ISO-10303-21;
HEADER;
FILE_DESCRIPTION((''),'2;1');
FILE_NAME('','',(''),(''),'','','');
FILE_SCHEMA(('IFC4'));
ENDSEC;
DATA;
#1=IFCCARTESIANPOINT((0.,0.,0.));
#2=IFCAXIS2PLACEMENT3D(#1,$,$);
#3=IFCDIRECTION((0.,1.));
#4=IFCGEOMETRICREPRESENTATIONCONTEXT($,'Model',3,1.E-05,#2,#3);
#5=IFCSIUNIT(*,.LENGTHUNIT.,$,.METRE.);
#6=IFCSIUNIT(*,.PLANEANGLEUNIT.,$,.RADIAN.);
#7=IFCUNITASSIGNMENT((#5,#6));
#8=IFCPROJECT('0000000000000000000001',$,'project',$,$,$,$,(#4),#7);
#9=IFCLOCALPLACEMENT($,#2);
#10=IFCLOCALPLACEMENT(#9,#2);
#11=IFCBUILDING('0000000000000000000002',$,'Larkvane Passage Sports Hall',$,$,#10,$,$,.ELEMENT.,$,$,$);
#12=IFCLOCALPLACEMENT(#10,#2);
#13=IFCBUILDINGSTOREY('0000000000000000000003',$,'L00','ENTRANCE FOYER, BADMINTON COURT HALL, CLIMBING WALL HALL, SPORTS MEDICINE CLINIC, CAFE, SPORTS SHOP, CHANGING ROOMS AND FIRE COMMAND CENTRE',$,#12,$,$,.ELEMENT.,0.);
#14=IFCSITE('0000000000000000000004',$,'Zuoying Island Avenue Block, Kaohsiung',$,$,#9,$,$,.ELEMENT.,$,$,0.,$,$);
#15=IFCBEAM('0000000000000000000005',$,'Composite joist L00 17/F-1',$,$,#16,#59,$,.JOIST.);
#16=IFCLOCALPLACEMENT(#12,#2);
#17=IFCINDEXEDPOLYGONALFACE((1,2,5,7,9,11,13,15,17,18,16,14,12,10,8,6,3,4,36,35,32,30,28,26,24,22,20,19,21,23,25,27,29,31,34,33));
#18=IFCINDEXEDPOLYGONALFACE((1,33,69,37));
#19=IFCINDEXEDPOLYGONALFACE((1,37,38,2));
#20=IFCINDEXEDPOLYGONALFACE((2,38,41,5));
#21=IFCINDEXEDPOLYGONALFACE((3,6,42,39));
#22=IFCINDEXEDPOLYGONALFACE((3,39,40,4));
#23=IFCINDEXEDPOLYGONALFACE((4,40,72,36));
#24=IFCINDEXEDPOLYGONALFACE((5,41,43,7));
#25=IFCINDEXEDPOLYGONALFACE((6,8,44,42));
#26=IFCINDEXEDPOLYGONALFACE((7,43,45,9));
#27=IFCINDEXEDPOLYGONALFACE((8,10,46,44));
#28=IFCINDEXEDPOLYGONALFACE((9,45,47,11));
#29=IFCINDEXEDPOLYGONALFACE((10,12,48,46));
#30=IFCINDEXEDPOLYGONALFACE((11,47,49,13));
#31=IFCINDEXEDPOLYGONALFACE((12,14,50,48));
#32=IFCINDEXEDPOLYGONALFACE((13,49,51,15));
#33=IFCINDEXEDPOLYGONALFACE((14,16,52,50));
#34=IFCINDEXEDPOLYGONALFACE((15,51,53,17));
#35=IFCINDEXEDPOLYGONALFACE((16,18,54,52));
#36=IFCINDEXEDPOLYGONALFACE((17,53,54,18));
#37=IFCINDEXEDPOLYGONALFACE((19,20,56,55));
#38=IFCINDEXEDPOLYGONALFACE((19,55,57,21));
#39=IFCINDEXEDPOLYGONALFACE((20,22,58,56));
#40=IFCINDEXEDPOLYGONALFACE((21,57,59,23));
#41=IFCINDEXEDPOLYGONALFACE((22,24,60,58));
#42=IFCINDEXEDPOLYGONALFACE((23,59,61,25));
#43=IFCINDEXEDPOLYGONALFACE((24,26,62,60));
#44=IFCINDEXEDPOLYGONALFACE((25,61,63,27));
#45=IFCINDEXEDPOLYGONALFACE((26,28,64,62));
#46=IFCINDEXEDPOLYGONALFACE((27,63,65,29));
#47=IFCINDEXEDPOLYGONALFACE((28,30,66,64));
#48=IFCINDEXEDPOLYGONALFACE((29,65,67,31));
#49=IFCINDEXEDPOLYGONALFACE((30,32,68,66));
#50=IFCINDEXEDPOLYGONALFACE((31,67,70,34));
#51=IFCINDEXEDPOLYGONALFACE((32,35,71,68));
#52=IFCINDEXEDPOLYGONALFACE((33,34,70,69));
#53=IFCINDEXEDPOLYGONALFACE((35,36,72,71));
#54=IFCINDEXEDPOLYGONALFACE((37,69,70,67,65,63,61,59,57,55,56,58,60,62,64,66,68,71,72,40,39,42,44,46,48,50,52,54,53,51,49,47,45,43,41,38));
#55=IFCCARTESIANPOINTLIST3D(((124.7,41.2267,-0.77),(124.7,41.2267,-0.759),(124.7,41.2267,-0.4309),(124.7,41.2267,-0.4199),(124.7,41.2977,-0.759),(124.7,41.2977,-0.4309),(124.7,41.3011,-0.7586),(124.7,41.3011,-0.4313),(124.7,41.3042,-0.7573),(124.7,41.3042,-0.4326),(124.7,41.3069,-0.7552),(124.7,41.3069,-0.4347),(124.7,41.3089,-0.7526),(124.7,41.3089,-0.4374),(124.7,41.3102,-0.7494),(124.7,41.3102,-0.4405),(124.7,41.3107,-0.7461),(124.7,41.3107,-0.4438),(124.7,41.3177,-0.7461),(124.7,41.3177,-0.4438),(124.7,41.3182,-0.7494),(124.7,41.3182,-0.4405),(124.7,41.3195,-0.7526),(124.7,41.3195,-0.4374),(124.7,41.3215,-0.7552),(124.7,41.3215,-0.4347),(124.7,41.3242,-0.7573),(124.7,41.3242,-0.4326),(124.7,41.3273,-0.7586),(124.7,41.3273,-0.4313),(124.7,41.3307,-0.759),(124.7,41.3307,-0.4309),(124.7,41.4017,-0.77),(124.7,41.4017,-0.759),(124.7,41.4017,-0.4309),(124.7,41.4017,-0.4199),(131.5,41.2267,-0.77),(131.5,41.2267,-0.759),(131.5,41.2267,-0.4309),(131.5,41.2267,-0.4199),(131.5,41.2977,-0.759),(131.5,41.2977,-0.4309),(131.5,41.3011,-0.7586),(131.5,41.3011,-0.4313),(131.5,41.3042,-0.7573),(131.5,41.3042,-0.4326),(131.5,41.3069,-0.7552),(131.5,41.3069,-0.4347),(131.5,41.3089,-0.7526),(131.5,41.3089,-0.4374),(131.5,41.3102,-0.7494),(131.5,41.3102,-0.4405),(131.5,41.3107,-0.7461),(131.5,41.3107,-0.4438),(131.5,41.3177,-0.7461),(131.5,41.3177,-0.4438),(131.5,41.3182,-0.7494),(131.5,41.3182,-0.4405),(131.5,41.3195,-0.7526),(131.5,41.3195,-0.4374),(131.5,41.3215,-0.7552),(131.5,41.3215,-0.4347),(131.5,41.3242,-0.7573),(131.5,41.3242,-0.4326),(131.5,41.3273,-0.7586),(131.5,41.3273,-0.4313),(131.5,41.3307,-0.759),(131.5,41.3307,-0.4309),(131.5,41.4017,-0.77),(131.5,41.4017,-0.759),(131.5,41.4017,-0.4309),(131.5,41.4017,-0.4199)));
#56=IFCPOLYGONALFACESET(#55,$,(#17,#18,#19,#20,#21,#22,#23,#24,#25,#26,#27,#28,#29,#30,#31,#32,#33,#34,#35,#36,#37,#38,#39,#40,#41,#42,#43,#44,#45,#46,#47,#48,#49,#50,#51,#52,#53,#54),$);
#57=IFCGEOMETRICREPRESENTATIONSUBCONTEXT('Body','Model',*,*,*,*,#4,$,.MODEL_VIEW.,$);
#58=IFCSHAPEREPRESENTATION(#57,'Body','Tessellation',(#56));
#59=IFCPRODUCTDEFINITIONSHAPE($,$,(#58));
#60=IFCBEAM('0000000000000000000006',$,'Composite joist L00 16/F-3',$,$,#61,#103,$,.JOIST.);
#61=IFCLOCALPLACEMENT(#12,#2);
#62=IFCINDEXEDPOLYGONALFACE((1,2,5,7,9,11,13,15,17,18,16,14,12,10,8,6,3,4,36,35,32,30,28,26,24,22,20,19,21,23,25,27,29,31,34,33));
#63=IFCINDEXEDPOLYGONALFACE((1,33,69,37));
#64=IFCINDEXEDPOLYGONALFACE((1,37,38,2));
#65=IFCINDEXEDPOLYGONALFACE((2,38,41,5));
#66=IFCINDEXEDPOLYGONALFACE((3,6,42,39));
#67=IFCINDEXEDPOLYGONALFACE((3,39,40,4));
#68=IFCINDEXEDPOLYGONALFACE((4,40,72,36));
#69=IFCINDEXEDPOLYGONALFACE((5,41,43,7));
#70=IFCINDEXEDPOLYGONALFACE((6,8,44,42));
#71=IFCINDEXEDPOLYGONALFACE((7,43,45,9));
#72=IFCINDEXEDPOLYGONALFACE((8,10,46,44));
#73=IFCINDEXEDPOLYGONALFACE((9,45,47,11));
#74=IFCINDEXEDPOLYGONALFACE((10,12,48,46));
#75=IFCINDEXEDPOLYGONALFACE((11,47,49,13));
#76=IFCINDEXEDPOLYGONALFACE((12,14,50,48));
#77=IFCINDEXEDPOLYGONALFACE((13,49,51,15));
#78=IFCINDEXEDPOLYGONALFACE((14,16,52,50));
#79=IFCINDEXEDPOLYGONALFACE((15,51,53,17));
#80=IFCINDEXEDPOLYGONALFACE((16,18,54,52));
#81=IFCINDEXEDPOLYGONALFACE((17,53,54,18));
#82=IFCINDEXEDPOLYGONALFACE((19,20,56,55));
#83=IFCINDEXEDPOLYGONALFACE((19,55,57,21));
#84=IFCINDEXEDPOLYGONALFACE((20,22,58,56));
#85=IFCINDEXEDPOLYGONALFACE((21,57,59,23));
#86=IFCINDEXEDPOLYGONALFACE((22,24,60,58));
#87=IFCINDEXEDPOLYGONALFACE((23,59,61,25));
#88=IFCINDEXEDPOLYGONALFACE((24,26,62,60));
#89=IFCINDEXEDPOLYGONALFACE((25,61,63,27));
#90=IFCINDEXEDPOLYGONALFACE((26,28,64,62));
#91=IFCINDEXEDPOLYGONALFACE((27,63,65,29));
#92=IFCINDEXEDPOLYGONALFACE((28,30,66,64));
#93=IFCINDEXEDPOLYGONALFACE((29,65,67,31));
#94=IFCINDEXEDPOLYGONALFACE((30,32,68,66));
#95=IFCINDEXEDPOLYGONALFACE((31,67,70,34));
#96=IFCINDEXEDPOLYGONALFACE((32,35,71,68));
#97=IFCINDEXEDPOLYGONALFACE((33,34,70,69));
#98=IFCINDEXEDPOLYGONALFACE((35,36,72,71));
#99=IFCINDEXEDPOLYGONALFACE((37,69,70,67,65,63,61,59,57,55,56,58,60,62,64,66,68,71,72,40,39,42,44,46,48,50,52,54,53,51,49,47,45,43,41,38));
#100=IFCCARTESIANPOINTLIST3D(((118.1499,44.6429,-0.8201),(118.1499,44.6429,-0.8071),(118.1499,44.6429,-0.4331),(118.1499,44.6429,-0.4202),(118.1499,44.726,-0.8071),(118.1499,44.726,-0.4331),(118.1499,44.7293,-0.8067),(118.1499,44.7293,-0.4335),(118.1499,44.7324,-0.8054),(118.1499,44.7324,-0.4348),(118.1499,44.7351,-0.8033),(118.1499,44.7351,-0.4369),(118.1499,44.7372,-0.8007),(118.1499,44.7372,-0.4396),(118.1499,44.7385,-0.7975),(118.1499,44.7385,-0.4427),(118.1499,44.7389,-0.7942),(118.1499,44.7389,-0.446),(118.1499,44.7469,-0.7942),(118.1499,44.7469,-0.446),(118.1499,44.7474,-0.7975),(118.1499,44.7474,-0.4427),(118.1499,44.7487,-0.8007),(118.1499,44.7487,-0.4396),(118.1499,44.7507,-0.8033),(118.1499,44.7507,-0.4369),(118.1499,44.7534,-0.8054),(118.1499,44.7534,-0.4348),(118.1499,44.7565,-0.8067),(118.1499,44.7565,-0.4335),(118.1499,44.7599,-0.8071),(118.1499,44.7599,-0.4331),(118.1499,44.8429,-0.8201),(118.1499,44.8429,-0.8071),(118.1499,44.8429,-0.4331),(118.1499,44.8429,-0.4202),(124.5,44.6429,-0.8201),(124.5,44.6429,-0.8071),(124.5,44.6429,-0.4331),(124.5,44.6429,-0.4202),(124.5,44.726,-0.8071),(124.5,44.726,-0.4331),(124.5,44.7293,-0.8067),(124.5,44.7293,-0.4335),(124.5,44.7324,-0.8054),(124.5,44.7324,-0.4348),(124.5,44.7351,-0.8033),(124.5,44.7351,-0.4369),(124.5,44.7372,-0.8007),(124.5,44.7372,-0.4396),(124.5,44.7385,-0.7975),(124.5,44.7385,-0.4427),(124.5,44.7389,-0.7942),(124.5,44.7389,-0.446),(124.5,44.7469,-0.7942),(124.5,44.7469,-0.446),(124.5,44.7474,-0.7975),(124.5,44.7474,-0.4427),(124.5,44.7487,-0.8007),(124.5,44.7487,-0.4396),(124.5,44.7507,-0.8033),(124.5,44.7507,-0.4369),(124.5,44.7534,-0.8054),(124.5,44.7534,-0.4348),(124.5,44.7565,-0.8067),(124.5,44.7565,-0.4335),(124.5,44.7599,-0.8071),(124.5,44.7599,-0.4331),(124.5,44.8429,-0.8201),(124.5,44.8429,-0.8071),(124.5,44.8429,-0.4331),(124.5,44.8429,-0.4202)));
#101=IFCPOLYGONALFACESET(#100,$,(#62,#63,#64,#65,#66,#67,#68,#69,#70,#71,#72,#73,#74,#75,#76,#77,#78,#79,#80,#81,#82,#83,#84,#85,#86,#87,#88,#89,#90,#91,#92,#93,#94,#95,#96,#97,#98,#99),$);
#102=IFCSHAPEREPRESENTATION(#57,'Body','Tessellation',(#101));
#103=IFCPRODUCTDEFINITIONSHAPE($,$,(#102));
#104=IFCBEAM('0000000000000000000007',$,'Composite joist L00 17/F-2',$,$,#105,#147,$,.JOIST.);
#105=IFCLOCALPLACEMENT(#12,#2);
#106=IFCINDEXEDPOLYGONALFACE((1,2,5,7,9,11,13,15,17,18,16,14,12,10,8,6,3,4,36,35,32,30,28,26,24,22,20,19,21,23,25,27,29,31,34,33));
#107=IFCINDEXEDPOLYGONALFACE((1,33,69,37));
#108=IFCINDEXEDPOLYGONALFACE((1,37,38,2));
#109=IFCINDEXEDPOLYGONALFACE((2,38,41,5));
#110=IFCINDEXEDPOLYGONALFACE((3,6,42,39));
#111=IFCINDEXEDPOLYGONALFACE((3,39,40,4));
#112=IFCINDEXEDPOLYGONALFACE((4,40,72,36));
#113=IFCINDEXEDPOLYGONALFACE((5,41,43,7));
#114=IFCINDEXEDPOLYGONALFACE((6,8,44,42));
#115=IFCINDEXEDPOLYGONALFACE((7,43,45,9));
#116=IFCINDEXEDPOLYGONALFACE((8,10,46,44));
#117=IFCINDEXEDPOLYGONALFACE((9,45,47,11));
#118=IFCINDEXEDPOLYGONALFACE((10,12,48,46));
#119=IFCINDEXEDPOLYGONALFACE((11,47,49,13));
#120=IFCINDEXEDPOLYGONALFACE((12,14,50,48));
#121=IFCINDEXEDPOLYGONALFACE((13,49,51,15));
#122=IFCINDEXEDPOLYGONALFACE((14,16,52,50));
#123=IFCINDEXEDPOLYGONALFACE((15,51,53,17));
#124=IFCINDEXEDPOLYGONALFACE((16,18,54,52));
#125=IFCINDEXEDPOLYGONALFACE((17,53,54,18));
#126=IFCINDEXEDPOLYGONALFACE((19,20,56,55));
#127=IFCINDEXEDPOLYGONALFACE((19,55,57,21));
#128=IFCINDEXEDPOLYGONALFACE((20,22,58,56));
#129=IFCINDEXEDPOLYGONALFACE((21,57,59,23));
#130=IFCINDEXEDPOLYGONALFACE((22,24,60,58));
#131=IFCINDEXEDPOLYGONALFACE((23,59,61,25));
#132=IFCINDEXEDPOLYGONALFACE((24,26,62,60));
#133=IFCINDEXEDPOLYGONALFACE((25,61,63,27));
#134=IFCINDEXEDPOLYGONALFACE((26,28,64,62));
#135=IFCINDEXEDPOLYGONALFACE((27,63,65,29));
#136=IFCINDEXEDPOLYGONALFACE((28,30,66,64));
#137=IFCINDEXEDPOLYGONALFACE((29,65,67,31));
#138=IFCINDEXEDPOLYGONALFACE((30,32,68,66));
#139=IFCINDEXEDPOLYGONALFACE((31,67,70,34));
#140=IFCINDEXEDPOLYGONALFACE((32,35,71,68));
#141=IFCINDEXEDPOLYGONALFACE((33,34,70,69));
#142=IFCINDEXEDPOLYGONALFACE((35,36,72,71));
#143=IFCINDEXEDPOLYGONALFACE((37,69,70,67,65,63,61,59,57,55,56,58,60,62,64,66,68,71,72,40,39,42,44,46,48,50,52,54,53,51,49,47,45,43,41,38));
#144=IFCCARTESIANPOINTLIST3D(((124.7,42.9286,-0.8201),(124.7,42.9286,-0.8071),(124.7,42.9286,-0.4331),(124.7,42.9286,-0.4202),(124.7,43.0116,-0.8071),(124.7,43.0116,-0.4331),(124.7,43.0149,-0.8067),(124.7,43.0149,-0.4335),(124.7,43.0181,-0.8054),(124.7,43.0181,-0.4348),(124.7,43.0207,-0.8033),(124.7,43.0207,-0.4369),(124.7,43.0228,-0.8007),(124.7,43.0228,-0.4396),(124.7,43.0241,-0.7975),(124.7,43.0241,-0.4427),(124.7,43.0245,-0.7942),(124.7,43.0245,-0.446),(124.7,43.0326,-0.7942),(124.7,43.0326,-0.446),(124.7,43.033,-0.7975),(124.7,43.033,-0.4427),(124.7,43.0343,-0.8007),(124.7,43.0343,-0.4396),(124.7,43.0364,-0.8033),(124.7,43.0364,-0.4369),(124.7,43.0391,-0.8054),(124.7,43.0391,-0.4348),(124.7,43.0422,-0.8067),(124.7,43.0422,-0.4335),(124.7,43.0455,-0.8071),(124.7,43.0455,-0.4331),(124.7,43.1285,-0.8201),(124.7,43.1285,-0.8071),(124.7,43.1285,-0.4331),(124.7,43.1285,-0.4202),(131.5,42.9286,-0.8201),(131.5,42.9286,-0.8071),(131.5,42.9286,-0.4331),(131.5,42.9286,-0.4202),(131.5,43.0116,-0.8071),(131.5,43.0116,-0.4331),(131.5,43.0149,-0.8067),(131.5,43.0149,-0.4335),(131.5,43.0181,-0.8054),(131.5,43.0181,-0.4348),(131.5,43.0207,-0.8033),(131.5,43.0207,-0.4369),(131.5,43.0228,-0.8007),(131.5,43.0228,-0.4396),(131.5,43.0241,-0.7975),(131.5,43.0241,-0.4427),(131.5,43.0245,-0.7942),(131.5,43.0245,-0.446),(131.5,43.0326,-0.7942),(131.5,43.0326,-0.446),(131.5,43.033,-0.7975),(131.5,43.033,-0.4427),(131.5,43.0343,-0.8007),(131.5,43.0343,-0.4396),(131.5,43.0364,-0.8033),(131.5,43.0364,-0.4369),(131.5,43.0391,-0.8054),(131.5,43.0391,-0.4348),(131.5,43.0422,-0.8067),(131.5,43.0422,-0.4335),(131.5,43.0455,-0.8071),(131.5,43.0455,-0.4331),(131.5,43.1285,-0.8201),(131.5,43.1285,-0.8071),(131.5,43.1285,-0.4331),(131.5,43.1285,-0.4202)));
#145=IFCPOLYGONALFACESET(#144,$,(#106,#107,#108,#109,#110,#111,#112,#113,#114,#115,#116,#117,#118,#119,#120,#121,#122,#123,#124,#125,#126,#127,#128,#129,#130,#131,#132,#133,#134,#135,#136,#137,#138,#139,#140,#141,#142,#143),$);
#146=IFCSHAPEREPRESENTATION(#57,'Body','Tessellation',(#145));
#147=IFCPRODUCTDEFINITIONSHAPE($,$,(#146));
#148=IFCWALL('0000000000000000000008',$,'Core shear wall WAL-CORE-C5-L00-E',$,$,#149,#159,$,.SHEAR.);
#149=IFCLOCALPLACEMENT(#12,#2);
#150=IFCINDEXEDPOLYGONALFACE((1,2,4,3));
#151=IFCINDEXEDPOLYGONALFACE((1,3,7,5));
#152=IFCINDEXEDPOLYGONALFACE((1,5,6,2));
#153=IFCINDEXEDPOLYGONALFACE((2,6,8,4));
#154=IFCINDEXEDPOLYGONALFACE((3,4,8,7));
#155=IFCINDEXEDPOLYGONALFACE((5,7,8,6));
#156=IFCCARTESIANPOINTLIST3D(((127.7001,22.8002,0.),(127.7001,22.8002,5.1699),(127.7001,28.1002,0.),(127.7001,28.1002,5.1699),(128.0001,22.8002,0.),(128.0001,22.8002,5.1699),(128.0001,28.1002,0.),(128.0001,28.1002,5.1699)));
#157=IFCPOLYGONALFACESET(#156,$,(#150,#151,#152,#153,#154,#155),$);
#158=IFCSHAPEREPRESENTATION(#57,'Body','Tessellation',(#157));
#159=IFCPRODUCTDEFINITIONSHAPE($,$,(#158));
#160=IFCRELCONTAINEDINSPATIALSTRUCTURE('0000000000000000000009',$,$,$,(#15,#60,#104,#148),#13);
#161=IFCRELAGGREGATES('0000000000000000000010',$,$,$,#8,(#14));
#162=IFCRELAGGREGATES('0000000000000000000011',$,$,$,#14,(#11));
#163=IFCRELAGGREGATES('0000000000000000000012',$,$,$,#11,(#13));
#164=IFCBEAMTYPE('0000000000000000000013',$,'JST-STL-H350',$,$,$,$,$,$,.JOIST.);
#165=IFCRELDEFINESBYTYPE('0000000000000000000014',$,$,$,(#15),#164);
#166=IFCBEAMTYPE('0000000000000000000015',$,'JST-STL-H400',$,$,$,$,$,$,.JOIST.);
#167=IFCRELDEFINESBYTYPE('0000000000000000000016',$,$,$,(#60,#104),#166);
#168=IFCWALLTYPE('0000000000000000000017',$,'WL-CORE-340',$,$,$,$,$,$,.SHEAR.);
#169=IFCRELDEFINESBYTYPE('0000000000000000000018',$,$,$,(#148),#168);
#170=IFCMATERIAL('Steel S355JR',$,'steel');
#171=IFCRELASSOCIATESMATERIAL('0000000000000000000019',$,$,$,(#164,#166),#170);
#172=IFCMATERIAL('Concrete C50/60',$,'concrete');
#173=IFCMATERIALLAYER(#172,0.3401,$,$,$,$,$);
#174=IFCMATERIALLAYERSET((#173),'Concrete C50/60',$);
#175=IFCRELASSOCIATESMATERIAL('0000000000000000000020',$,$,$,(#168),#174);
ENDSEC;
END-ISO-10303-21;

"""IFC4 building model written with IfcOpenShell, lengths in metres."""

from ifc_helpers import new_model, si_unit, direction, frame, frame_2d, origin, origin_2d, place, context, subcontext, project, spatial, rectangle, i_section, extrude, material, layer, layer_set, material_profile, profile_set, type_object, element, save


model = new_model("IFC4")

# Units and contexts
model_context = context("Model", 3, precision=1e-05, world=origin(), true_north=direction((0.0, 1.0)))
body_context = subcontext(model_context, "Body", "Model", "MODEL_VIEW")
ifc_project = project(units=[si_unit("LENGTHUNIT", "METRE"), si_unit("PLANEANGLEUNIT", "RADIAN")], contexts=[model_context])

# Site, building, storey
site_placement = place(None, origin())
site = spatial("IfcSite", under=ifc_project, at=site_placement, Name="Zuoying Island Avenue Block, Kaohsiung", CompositionType="ELEMENT", RefElevation=0.0)
building_placement = place(site_placement, origin())
building = spatial("IfcBuilding", under=site, at=building_placement, Name="Larkvane Passage Sports Hall", CompositionType="ELEMENT")
storey_placement = place(building_placement, origin())
storey = spatial("IfcBuildingStorey", under=building, at=storey_placement, Name="L00", Description="ENTRANCE FOYER, BADMINTON COURT HALL, CLIMBING WALL HALL, SPORTS MEDICINE CLINIC, CAFE, SPORTS SHOP, CHANGING ROOMS AND FIRE COMMAND CENTRE", CompositionType="ELEMENT", Elevation=0.0)

# Beams
ifc_material_1 = material(Name="Concrete C50/60", Category="concrete")
ifc_material_2 = material(Name="Steel S355JR", Category="steel")
ifc_material_profile_1 = material_profile(ifc_material_2, i_section(OverallWidth=0.175, OverallDepth=0.3501, WebThickness=0.0071, FlangeThickness=0.011, FilletRadius=0.0129, at=origin_2d()), Name="H-350x175x7x11")
ifc_profile_set_1 = profile_set([ifc_material_profile_1], Name="Steel S355JR")
beam_type_1 = type_object("IfcBeamType", Name="JST-STL-H350", PredefinedType="JOIST", material=ifc_profile_set_1)
beam_1_placement = place(storey_placement, frame((124.7, 41.3142, -0.595), z_axis=(1.0, 0.0, 0.0), x_axis=(0.0, 1.0, 0.0)))
element("IfcBeam", 1, at=beam_1_placement, inside=storey, type_object=beam_type_1, Name="Composite joist L00 17/F-1", PredefinedType="JOIST", context=body_context, shape_type="SweptSolid", body=[
    extrude(i_section(OverallWidth=0.175, OverallDepth=0.3501, WebThickness=0.0071, FlangeThickness=0.011, FilletRadius=0.0129, at=origin_2d()), origin(), (0.0, 0.0, 1.0), 6.8),
])
ifc_material_profile_2 = material_profile(ifc_material_2, i_section(OverallWidth=0.2, OverallDepth=0.3999, WebThickness=0.0081, FlangeThickness=0.0129, FilletRadius=0.0129, at=origin_2d()), Name="H-400x200x8x13")
ifc_profile_set_2 = profile_set([ifc_material_profile_2], Name="Steel S355JR")
beam_type_2 = type_object("IfcBeamType", Name="JST-STL-H400", PredefinedType="JOIST", material=ifc_profile_set_2)
beam_2_placement = place(storey_placement, frame((118.1499, 44.7429, -0.6201), z_axis=(1.0, 0.0, 0.0), x_axis=(0.0, 1.0, 0.0)))
element("IfcBeam", 2, at=beam_2_placement, inside=storey, type_object=beam_type_2, Name="Composite joist L00 16/F-3", PredefinedType="JOIST", context=body_context, shape_type="SweptSolid", body=[
    extrude(i_section(OverallWidth=0.2, OverallDepth=0.3999, WebThickness=0.0081, FlangeThickness=0.0129, FilletRadius=0.0129, at=origin_2d()), origin(), (0.0, 0.0, 1.0), 6.3501),
])
beam_3_placement = place(storey_placement, frame((124.7, 43.0286, -0.6201), z_axis=(1.0, 0.0, 0.0), x_axis=(0.0, 1.0, 0.0)))
element("IfcBeam", 3, at=beam_3_placement, inside=storey, type_object=beam_type_2, Name="Composite joist L00 17/F-2", PredefinedType="JOIST", context=body_context, shape_type="SweptSolid", body=[
    extrude(i_section(OverallWidth=0.2, OverallDepth=0.3999, WebThickness=0.0081, FlangeThickness=0.0129, FilletRadius=0.0129, at=origin_2d()), origin(), (0.0, 0.0, 1.0), 6.8),
])

# Wall
ifc_layer_1 = layer(ifc_material_1, 0.3401)
ifc_layer_set_1 = layer_set([ifc_layer_1], Name="Concrete C50/60")
wall_type_1 = type_object("IfcWallType", Name="WL-CORE-340", PredefinedType="SHEAR", material=ifc_layer_set_1)
wall_1_placement = place(storey_placement, frame((127.8501, 28.1001, 0.0), z_axis=(0.0, 0.0, 1.0), x_axis=(0.0, -1.0, 0.0)))
element("IfcWall", 4, at=wall_1_placement, inside=storey, type_object=wall_type_1, Name="Core shear wall WAL-CORE-C5-L00-E", PredefinedType="SHEAR", context=body_context, shape_type="SweptSolid", body=[
    extrude(rectangle(XDim=5.3, YDim=0.3, at=frame_2d((2.6499, 0.0))), origin(), (0.0, 0.0, 1.0), 5.1699),
])

save(model, "model.ifc")
